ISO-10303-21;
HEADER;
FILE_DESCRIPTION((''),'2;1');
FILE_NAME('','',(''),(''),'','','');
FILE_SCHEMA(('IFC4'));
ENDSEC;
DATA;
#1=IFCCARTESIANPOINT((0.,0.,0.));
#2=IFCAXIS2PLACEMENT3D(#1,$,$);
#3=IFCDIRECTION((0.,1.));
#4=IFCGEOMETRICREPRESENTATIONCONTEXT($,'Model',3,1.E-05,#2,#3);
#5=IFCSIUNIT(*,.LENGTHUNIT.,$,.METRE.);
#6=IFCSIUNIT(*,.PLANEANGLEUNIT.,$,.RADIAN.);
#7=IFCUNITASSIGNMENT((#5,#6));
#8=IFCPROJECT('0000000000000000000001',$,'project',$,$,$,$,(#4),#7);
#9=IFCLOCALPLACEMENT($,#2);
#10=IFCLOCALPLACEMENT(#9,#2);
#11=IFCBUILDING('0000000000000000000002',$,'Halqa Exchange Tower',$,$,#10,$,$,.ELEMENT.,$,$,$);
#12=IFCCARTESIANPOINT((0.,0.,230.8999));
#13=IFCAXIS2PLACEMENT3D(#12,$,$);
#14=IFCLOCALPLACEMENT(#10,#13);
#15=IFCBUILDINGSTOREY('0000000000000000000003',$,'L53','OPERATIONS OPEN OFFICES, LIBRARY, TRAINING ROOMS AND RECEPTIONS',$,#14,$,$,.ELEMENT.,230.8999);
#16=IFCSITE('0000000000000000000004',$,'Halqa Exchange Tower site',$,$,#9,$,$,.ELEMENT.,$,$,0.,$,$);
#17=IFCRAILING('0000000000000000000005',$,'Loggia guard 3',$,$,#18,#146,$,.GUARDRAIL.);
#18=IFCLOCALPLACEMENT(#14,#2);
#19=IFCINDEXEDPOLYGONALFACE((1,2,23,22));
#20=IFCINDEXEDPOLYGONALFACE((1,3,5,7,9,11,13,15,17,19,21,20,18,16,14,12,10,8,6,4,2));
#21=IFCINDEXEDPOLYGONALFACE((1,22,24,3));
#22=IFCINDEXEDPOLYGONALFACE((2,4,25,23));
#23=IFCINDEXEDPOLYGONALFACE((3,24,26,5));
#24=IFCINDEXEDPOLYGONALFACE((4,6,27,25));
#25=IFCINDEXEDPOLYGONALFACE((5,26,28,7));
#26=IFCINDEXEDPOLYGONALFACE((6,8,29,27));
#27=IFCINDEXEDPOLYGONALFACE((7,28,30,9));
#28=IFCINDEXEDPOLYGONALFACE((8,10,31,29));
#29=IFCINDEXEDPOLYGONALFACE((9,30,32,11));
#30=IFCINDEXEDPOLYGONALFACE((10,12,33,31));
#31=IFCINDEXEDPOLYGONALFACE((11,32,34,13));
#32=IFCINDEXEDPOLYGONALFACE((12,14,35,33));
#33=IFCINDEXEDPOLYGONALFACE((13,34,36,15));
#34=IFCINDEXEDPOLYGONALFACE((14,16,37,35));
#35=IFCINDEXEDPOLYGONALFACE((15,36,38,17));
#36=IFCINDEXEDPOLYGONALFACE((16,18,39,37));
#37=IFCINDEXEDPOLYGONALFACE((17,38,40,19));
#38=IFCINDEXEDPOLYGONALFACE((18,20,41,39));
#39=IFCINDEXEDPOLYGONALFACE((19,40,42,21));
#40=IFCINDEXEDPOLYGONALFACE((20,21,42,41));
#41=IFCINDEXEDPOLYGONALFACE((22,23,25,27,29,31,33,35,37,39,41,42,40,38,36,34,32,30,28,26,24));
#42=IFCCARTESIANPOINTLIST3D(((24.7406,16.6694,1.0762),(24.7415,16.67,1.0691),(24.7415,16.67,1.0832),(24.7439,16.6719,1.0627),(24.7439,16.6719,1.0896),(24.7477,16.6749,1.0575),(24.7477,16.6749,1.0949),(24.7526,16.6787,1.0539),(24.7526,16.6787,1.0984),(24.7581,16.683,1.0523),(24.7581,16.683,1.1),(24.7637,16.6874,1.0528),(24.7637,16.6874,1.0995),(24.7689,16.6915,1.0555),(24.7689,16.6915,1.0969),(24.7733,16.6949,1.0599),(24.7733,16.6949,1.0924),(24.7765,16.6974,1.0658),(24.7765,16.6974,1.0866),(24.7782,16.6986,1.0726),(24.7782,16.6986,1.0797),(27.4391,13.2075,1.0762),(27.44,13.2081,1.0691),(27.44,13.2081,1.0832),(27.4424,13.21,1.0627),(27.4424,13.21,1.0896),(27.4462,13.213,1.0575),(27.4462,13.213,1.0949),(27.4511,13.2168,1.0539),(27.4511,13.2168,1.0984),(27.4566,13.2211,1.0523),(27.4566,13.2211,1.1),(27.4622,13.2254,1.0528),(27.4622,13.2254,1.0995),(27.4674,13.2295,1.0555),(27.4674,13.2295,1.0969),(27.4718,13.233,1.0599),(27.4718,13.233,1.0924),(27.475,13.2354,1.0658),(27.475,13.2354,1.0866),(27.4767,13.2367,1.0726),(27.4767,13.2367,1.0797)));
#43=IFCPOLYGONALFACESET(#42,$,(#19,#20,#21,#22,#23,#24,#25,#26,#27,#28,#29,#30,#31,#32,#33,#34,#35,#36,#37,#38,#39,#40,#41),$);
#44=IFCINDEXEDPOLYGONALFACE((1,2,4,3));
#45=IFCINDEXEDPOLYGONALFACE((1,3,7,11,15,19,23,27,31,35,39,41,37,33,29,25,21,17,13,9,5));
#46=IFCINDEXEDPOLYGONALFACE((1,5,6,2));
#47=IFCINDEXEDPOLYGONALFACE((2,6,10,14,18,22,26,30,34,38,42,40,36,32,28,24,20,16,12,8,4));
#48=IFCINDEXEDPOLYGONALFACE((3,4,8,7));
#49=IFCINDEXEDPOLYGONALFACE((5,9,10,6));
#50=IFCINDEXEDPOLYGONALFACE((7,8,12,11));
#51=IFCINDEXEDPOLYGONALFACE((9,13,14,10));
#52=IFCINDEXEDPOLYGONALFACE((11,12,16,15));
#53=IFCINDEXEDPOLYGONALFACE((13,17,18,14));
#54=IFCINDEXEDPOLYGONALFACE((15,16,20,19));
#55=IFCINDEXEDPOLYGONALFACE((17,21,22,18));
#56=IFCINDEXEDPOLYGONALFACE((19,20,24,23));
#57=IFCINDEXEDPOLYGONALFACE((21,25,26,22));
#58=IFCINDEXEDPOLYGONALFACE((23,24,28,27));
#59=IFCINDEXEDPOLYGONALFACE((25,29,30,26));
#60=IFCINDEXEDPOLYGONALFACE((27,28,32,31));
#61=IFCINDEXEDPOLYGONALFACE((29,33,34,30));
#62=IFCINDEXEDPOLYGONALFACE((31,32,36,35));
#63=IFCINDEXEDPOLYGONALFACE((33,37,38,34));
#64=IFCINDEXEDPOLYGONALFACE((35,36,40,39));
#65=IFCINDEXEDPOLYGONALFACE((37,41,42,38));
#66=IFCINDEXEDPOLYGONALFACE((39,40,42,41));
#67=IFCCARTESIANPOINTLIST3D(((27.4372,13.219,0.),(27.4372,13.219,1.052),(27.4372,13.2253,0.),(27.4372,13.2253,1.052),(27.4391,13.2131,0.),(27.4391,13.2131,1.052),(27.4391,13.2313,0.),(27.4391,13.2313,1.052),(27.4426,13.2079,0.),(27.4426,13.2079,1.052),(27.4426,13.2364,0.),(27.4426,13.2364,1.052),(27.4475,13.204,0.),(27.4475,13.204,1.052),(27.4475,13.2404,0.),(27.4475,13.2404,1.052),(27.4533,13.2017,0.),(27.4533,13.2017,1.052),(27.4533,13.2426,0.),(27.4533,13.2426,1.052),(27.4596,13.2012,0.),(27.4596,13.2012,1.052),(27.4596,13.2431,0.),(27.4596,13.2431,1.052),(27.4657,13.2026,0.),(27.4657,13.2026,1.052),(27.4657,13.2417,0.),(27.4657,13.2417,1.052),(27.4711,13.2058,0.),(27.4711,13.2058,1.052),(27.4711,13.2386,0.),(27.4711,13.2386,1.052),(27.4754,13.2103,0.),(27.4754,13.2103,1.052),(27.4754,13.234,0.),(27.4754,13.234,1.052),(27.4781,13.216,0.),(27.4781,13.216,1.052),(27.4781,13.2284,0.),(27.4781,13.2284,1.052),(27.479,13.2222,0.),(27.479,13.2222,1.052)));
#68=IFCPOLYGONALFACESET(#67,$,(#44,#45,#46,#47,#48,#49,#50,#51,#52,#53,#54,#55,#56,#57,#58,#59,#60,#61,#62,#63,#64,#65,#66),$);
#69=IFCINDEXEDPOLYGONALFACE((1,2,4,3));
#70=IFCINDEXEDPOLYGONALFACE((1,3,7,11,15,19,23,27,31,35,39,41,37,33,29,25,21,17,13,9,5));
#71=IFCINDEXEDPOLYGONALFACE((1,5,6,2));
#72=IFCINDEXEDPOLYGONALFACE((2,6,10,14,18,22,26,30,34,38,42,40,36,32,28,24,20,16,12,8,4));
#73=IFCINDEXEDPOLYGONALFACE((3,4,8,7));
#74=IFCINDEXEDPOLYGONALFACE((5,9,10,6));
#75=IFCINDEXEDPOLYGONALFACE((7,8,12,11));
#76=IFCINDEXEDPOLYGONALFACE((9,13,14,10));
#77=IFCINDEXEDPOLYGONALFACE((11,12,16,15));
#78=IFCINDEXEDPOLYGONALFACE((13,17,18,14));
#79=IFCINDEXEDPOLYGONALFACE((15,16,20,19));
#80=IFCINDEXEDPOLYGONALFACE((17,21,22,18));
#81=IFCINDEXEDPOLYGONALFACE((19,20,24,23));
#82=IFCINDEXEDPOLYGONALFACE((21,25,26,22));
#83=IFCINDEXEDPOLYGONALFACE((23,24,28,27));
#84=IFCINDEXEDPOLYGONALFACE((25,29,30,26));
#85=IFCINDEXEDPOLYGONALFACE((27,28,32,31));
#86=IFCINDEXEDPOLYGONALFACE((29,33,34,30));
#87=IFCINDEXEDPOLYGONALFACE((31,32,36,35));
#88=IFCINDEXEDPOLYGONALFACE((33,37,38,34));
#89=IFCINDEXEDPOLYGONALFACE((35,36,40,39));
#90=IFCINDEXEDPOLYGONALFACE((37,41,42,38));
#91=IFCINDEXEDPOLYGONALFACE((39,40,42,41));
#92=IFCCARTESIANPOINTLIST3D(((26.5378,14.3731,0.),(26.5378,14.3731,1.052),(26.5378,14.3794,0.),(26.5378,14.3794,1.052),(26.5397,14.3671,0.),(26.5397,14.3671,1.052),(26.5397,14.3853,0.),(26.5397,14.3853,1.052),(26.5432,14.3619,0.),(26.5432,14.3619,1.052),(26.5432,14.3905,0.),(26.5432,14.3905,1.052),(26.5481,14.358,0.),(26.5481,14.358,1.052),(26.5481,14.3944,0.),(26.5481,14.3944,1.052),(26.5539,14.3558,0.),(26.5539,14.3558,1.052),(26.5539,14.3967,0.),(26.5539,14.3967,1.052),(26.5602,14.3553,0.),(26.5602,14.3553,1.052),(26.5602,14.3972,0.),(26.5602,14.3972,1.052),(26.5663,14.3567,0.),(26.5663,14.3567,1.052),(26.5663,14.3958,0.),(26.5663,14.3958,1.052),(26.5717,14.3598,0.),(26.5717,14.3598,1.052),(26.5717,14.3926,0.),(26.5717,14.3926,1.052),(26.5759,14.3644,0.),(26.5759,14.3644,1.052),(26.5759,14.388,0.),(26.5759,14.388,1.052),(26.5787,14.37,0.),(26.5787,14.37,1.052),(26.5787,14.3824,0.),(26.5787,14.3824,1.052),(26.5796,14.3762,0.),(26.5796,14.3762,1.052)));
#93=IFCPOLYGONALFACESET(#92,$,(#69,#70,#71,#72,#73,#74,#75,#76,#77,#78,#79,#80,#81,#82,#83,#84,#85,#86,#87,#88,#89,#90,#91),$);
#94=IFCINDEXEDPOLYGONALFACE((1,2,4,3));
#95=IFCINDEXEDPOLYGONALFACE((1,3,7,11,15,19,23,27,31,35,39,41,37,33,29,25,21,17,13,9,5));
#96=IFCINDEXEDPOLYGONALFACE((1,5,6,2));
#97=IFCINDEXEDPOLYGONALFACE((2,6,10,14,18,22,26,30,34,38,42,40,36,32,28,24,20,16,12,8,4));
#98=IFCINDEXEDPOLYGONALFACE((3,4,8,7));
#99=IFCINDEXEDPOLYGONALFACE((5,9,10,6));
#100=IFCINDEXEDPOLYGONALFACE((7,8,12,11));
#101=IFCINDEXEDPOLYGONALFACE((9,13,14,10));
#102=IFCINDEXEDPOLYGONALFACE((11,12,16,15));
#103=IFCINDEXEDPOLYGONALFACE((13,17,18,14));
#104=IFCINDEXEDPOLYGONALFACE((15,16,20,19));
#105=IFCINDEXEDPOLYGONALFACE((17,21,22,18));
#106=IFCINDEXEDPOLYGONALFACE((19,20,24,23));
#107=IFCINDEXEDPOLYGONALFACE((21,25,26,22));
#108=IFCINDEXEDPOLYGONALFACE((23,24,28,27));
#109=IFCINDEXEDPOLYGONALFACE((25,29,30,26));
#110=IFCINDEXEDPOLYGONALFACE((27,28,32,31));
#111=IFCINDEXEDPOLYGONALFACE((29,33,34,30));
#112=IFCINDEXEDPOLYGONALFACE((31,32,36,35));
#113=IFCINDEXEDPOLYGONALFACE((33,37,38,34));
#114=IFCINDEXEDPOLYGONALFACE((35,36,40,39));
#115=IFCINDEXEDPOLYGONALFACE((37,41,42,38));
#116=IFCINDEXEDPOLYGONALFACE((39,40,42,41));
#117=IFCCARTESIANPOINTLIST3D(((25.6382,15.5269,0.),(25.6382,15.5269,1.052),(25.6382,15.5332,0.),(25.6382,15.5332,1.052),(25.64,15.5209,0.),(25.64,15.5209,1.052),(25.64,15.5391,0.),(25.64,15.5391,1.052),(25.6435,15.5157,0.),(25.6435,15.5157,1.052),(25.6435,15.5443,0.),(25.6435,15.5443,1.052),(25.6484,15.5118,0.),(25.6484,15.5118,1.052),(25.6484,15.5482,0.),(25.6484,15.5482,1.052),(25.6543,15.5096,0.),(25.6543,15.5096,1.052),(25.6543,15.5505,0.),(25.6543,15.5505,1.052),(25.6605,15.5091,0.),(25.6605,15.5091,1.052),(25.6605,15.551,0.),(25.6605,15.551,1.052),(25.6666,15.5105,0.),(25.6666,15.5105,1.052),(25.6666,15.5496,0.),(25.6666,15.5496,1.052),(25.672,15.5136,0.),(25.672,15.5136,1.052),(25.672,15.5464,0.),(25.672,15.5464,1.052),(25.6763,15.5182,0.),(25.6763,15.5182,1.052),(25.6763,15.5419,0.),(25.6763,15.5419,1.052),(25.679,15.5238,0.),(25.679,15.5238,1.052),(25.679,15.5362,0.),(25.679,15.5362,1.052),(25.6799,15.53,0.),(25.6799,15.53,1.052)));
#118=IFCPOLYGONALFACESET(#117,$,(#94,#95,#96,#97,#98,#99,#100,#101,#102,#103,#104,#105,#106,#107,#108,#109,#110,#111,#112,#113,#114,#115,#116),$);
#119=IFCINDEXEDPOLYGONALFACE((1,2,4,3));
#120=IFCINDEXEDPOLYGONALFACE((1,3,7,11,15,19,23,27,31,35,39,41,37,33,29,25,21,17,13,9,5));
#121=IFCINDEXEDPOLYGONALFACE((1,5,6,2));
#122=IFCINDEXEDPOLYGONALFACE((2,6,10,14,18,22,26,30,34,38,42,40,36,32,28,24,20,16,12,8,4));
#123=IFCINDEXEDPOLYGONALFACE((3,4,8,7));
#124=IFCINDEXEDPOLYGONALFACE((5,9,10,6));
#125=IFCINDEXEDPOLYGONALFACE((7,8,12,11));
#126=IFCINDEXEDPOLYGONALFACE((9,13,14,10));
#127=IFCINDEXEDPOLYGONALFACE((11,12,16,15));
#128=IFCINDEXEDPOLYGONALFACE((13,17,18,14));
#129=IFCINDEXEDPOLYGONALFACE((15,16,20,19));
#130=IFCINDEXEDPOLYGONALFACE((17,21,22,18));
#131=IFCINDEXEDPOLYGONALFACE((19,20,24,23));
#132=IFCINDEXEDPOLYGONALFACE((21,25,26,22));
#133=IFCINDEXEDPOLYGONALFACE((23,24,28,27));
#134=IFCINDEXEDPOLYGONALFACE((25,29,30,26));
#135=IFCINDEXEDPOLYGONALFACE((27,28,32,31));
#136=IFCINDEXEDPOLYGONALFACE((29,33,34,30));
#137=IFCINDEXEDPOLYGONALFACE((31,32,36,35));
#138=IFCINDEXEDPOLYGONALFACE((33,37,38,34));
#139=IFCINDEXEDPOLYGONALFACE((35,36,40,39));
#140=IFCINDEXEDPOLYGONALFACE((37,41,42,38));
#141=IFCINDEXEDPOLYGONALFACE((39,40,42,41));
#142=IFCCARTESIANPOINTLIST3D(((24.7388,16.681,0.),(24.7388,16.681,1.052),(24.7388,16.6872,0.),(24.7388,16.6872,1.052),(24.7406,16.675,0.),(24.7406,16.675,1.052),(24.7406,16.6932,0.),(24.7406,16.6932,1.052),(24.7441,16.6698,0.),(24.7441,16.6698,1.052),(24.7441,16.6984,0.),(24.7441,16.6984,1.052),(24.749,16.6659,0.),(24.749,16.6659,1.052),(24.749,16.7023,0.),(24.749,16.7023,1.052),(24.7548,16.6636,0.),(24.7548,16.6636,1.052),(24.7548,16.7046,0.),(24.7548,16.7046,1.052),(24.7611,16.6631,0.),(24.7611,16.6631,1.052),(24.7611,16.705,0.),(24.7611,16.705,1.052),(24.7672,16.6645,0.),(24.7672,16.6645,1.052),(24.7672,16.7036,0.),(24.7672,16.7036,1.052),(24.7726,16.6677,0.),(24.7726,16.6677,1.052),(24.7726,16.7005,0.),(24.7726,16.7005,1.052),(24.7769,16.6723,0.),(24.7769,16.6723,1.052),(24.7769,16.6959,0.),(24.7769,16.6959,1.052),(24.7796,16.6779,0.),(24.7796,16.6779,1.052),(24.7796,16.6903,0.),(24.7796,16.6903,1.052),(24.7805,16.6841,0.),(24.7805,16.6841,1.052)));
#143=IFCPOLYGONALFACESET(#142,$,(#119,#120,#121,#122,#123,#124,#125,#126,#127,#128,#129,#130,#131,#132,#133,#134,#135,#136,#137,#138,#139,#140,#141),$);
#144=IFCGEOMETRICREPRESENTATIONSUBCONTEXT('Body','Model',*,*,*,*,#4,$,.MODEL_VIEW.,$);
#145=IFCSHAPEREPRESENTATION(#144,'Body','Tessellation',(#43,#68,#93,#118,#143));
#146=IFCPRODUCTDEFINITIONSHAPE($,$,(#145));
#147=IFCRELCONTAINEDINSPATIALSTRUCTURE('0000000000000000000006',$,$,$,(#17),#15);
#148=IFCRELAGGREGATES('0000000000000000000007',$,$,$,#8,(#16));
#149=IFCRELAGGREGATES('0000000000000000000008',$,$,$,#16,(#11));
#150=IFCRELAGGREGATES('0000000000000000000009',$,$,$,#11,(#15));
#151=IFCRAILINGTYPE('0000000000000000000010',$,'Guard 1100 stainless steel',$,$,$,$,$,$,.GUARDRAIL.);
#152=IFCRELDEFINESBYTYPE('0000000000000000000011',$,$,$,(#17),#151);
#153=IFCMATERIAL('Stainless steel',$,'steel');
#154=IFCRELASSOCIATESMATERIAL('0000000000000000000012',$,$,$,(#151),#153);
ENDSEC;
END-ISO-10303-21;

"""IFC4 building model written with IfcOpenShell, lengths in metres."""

from ifc_helpers import new_model, si_unit, direction, frame, origin, origin_2d, place, context, subcontext, project, spatial, circle, extrude, material, type_object, element, save


model = new_model("IFC4")

# Units and contexts
model_context = context("Model", 3, precision=1e-05, world=origin(), true_north=direction((0.0, 1.0)))
body_context = subcontext(model_context, "Body", "Model", "MODEL_VIEW")
ifc_project = project(units=[si_unit("LENGTHUNIT", "METRE"), si_unit("PLANEANGLEUNIT", "RADIAN")], contexts=[model_context])

# Site, building, storey
site_placement = place(None, origin())
site = spatial("IfcSite", under=ifc_project, at=site_placement, Name="Halqa Exchange Tower site", CompositionType="ELEMENT", RefElevation=0.0)
building_placement = place(site_placement, origin())
building = spatial("IfcBuilding", under=site, at=building_placement, Name="Halqa Exchange Tower", CompositionType="ELEMENT")
storey_placement = place(building_placement, frame((0.0, 0.0, 230.8999)))
storey = spatial("IfcBuildingStorey", under=building, at=storey_placement, Name="L53", Description="OPERATIONS OPEN OFFICES, LIBRARY, TRAINING ROOMS AND RECEPTIONS", CompositionType="ELEMENT", Elevation=230.8999)

# Railing
ifc_material_1 = material(Name="Stainless steel", Category="steel")
railing_type = type_object("IfcRailingType", Name="Guard 1100 stainless steel", PredefinedType="GUARDRAIL", material=ifc_material_1)
railing_1_placement = place(storey_placement, frame((27.458, 13.2222, 0.0)))
element("IfcRailing", 1, at=railing_1_placement, inside=storey, type_object=railing_type, Name="Loggia guard 3", PredefinedType="GUARDRAIL", context=body_context, shape_type="SweptSolid", body=[
    extrude(circle(Radius=0.0239, at=origin_2d()), frame((0.0, 0.0, 1.0762), z_axis=(-0.614776, 0.788702, 0.0), x_axis=(-0.788702, -0.614776, 0.0)), (0.0, 0.0, 1.0), 4.3894),
    extrude(circle(Radius=0.021, at=origin_2d()), origin(), (0.0, 0.0, 1.0), 1.052),
    extrude(circle(Radius=0.021, at=origin_2d()), frame((-0.8994, 1.1541, 0.0)), (0.0, 0.0, 1.0), 1.052),
    extrude(circle(Radius=0.021, at=origin_2d()), frame((-1.7991, 2.3079, 0.0)), (0.0, 0.0, 1.0), 1.052),
    extrude(circle(Radius=0.021, at=origin_2d()), frame((-2.6985, 3.4619, 0.0)), (0.0, 0.0, 1.0), 1.052),
])

save(model, "model.ifc")
